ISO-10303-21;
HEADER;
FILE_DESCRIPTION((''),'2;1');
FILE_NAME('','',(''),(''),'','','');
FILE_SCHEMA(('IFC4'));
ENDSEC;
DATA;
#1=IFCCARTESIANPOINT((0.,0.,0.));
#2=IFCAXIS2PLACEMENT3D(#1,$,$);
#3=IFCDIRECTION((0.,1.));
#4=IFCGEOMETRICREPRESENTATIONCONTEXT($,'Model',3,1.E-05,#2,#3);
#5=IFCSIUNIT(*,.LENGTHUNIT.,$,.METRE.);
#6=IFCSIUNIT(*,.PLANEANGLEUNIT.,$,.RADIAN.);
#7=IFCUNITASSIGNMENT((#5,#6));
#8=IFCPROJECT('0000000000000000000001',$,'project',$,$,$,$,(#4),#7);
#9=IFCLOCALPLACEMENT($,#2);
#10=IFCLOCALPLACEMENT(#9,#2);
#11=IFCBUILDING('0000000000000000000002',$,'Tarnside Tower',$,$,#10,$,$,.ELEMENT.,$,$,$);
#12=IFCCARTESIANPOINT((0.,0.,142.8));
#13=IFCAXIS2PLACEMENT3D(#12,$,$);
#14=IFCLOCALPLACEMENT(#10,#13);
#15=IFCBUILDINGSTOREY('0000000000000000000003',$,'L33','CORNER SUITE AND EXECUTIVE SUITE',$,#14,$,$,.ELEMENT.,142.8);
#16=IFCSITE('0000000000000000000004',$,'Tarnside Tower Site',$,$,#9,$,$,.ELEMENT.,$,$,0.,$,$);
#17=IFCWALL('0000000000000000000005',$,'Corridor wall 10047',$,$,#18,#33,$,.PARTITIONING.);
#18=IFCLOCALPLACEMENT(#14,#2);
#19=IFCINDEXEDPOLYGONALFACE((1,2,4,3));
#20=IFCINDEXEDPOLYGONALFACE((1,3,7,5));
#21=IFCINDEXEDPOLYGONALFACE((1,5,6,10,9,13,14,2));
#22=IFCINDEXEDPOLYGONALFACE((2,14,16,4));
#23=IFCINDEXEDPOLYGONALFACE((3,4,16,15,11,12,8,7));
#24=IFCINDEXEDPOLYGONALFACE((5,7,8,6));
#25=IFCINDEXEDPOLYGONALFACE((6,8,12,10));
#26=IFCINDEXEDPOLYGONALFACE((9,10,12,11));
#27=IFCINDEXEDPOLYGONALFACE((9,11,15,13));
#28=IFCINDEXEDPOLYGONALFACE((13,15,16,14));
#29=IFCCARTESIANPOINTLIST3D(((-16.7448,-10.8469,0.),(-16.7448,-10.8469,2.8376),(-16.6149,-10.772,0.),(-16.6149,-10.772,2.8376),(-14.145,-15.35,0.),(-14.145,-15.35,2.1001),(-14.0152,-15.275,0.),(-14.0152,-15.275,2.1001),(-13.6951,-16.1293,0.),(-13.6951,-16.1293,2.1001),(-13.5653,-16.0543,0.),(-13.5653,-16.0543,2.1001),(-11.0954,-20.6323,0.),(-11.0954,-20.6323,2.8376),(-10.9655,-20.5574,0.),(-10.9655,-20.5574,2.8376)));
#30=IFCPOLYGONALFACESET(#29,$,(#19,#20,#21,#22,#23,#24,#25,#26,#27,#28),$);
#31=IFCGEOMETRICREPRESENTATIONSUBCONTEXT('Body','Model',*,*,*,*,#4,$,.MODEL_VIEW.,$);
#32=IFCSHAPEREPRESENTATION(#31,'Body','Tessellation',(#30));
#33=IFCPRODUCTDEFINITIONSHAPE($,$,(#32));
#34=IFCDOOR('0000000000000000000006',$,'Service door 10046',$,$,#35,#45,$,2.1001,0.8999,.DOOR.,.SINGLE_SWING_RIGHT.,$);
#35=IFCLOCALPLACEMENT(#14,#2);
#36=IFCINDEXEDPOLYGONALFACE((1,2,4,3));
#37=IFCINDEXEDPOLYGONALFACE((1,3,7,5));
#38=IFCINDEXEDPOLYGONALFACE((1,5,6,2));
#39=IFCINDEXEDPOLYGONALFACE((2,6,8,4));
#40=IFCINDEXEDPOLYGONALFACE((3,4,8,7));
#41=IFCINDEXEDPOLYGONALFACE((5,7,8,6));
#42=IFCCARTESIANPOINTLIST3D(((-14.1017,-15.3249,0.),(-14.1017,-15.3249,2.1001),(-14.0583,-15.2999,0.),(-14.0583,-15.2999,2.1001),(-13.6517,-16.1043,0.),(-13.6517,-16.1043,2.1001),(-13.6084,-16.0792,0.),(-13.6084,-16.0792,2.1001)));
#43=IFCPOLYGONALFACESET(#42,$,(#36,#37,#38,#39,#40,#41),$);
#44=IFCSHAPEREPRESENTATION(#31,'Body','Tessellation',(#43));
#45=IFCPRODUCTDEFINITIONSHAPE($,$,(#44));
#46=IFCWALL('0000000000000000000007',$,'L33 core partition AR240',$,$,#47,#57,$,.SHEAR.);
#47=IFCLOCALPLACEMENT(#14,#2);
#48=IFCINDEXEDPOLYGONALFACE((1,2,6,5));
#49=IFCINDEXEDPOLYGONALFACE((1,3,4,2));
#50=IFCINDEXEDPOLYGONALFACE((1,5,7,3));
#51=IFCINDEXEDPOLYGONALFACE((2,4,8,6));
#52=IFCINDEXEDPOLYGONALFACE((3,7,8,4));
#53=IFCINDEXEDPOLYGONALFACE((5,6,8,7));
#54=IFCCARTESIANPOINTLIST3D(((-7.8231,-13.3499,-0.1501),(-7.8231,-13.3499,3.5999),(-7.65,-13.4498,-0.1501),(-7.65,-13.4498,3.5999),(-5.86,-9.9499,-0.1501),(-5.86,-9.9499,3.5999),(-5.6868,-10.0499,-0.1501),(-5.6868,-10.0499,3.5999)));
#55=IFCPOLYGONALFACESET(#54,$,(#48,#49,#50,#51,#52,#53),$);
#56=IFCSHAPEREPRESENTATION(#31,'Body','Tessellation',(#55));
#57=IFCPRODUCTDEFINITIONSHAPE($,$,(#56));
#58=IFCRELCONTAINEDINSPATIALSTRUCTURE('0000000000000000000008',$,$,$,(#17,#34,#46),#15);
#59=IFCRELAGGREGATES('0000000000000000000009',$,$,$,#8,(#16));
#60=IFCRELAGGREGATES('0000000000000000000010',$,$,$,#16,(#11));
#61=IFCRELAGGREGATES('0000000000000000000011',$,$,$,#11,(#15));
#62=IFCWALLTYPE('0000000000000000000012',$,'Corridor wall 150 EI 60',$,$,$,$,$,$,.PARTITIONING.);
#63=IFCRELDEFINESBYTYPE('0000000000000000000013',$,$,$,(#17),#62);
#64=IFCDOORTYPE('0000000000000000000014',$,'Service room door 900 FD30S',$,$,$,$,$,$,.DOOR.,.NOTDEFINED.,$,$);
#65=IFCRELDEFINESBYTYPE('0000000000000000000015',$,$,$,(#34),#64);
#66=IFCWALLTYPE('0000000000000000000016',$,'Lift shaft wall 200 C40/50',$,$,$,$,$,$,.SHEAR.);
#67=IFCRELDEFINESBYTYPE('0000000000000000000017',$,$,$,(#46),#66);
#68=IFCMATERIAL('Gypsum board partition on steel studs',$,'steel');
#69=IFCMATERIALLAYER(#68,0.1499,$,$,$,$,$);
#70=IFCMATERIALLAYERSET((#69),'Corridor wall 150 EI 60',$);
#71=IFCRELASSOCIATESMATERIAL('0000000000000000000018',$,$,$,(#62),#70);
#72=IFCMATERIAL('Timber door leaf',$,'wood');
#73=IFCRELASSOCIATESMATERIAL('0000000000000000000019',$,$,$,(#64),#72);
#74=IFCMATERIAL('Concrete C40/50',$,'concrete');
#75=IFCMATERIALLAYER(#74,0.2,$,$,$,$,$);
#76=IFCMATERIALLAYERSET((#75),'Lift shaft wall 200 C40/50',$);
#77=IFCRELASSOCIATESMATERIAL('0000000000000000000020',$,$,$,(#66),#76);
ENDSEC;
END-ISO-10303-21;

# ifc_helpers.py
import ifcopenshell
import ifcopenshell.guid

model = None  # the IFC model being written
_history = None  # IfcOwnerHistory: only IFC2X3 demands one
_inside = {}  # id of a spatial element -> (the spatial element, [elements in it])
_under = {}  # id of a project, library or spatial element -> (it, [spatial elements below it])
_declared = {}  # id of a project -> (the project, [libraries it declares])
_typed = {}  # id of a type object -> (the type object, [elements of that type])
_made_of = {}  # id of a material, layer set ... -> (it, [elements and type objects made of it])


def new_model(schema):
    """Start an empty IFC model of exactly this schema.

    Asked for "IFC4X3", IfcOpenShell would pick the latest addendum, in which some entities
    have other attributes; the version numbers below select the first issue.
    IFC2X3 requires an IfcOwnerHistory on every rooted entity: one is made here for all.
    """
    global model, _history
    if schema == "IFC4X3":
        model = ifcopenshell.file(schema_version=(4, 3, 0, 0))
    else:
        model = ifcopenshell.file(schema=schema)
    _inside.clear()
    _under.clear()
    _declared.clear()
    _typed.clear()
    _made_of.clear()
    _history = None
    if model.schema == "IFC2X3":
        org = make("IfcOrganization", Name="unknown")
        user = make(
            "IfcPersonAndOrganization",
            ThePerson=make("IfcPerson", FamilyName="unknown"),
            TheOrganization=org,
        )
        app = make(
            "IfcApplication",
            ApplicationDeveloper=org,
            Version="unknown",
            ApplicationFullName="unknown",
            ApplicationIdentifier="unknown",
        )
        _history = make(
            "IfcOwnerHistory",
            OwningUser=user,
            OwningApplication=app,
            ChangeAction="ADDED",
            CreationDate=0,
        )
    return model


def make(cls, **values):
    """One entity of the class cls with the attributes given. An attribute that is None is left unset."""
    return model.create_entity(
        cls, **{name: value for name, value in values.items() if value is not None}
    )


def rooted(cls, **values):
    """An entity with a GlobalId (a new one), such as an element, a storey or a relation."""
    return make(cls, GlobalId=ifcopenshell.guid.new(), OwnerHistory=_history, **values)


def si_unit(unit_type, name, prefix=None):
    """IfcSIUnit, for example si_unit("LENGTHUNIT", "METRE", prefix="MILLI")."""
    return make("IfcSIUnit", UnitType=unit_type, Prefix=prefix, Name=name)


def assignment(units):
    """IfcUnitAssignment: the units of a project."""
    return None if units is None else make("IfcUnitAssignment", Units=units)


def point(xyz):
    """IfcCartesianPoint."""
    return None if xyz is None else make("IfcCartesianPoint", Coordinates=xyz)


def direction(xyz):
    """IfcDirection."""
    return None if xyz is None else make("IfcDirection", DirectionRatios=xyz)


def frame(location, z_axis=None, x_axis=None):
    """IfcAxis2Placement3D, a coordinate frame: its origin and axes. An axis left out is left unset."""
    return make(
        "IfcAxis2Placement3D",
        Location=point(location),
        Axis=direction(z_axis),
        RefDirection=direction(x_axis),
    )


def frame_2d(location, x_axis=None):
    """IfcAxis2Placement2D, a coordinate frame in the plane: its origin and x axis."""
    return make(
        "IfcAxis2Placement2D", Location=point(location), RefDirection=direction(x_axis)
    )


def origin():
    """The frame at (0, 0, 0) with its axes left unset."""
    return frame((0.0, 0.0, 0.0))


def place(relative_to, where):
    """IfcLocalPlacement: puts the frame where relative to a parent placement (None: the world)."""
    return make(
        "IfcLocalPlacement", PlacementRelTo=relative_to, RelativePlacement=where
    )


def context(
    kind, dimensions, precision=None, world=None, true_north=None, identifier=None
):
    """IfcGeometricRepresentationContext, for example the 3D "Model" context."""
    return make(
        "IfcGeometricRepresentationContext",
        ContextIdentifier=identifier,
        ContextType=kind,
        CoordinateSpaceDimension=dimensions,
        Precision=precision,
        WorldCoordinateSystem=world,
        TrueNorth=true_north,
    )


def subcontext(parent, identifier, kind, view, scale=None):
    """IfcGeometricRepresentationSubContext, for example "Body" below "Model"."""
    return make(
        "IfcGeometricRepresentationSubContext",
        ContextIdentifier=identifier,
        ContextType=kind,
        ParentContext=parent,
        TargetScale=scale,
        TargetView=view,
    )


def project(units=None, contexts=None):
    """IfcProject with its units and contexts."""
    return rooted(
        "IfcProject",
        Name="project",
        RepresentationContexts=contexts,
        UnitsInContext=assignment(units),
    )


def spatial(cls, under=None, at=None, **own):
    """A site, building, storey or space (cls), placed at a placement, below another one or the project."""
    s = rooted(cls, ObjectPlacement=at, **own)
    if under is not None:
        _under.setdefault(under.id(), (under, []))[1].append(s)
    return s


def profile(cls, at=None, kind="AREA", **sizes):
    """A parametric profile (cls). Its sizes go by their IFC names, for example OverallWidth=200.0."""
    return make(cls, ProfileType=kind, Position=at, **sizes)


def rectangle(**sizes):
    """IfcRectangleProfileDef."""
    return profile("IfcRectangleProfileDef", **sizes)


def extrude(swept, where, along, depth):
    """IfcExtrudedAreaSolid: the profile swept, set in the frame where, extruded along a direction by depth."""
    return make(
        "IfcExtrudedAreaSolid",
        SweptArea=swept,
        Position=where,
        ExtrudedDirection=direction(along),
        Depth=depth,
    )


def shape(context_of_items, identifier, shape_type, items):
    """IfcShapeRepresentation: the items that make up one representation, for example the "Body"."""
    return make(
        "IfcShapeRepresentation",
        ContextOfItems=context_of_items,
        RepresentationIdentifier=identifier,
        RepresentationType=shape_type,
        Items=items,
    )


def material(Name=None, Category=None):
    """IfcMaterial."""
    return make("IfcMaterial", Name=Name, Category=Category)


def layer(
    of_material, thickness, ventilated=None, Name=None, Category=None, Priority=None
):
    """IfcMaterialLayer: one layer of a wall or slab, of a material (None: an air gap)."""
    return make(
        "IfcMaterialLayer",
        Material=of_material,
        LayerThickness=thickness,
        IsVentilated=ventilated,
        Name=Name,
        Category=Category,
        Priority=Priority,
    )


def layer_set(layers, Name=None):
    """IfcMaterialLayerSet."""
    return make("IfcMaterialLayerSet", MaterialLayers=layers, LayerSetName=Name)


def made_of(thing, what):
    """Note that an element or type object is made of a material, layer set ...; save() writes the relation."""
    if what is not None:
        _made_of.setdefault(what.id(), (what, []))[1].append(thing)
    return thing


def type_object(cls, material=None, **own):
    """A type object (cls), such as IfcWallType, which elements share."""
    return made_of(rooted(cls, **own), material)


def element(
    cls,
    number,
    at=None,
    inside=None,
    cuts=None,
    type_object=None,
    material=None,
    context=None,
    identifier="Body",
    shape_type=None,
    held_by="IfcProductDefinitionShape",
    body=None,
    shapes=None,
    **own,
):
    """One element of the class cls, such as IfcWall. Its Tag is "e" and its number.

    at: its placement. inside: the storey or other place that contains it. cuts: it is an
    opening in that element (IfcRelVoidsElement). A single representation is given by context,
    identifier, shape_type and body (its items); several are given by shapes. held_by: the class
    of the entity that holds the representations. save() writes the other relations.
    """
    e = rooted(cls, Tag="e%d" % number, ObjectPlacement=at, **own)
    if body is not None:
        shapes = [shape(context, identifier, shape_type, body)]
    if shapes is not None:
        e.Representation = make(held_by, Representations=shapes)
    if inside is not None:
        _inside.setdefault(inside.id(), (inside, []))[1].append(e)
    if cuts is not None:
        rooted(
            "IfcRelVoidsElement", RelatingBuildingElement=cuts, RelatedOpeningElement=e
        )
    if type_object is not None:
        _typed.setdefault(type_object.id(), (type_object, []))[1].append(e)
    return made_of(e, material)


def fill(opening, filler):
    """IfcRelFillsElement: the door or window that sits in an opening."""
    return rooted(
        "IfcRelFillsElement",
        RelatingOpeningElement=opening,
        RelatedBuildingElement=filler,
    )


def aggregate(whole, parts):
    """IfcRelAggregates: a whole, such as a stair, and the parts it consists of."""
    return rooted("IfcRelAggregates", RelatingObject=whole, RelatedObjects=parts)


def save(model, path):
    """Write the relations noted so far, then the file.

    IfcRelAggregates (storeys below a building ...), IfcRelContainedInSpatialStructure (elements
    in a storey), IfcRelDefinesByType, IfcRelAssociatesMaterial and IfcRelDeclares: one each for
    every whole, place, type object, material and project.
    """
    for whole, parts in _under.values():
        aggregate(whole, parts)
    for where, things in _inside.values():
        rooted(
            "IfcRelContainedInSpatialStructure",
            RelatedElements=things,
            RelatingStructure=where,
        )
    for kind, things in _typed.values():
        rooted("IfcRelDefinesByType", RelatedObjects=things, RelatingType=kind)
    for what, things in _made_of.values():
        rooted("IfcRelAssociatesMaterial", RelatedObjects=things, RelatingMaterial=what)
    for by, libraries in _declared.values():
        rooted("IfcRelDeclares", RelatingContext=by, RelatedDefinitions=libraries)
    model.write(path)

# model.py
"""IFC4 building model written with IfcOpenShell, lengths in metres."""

from ifc_helpers import new_model, si_unit, direction, frame, frame_2d, origin, place, context, subcontext, project, spatial, rectangle, extrude, material, layer, layer_set, type_object, element, fill, save


model = new_model("IFC4")

# Units and contexts
model_context = context("Model", 3, precision=1e-05, world=origin(), true_north=direction((0.0, 1.0)))
body_context = subcontext(model_context, "Body", "Model", "MODEL_VIEW")
ifc_project = project(units=[si_unit("LENGTHUNIT", "METRE"), si_unit("PLANEANGLEUNIT", "RADIAN")], contexts=[model_context])

# Site, building, storey
site_placement = place(None, origin())
site = spatial("IfcSite", under=ifc_project, at=site_placement, Name="Tarnside Tower Site", CompositionType="ELEMENT", RefElevation=0.0)
building_placement = place(site_placement, origin())
building = spatial("IfcBuilding", under=site, at=building_placement, Name="Tarnside Tower", CompositionType="ELEMENT")
storey_placement = place(building_placement, frame((0.0, 0.0, 142.8)))
storey = spatial("IfcBuildingStorey", under=building, at=storey_placement, Name="L33", Description="CORNER SUITE AND EXECUTIVE SUITE", CompositionType="ELEMENT", Elevation=142.8)

# Shared definitions
ifc_material_1 = material(Name="Gypsum board partition on steel studs", Category="steel")

# Shared definitions
ifc_layer_1 = layer(ifc_material_1, 0.1499)
ifc_layer_set_1 = layer_set([ifc_layer_1], Name="Corridor wall 150 EI 60")
wall_type_1 = type_object("IfcWallType", Name="Corridor wall 150 EI 60", PredefinedType="PARTITIONING", material=ifc_layer_set_1)
ifc_material_2 = material(Name="Timber door leaf", Category="wood")

# Wall, opening, door
wall_1_placement = place(storey_placement, frame((-11.0305, -20.5947, 0.0), z_axis=(0.0, 0.0, 1.0), x_axis=(-0.499987, 0.866033, 0.0)))
wall_1 = element("IfcWall", 1, at=wall_1_placement, inside=storey, type_object=wall_type_1, Name="Corridor wall 10047", PredefinedType="PARTITIONING", context=body_context, shape_type="SweptSolid", body=[
    extrude(rectangle(XDim=11.2991, YDim=0.1499, at=frame_2d((5.6494, 0.0))), origin(), (0.0, 0.0, 1.0), 2.8376),
])
opening_1_placement = place(wall_1_placement, frame((5.1995, 0.0, 0.0)))
opening_1 = element("IfcOpeningElement", 2, at=opening_1_placement, cuts=wall_1, PredefinedType="OPENING", context=body_context, shape_type="SweptSolid", body=[
    extrude(rectangle(XDim=0.8999, YDim=2.1001, at=frame_2d((0.45, 1.05))), frame((0.0, 0.085, 0.0), z_axis=(0.0, -1.0, 0.0), x_axis=(1.0, 0.0, 0.0)), (0.0, 0.0, 1.0), 0.1699),
])
door_type_1 = type_object("IfcDoorType", Name="Service room door 900 FD30S", OperationType="NOTDEFINED", PredefinedType="DOOR", material=ifc_material_2)
door_1_placement = place(opening_1_placement, origin())
door_1 = element("IfcDoor", 3, at=door_1_placement, inside=storey, type_object=door_type_1, Name="Service door 10046", OperationType="SINGLE_SWING_RIGHT", OverallHeight=2.1001, OverallWidth=0.8999, PredefinedType="DOOR", context=body_context, shape_type="SweptSolid", body=[
    extrude(rectangle(XDim=0.8999, YDim=2.1001, at=frame_2d((0.45, 1.05))), frame((0.0, 0.0249, 0.0), z_axis=(0.0, -1.0, 0.0), x_axis=(1.0, 0.0, 0.0)), (0.0, 0.0, 1.0), 0.05),
])
fill(opening_1, door_1)

# Wall
ifc_material_3 = material(Name="Concrete C40/50", Category="concrete")
ifc_layer_2 = layer(ifc_material_3, 0.2)
ifc_layer_set_2 = layer_set([ifc_layer_2], Name="Lift shaft wall 200 C40/50")
wall_type_2 = type_object("IfcWallType", Name="Lift shaft wall 200 C40/50", PredefinedType="SHEAR", material=ifc_layer_set_2)
wall_2_placement = place(storey_placement, frame((-5.7734, -10.0, -0.1501), z_axis=(0.0, 0.0, 1.0), x_axis=(-0.500038, -0.866003, 0.0)))
element("IfcWall", 4, at=wall_2_placement, inside=storey, type_object=wall_type_2, Name="L33 core partition AR240", PredefinedType="SHEAR", context=body_context, shape_type="SweptSolid", body=[
    extrude(rectangle(XDim=3.926, YDim=0.2, at=frame_2d((1.9629, 0.0))), origin(), (0.0, 0.0, 1.0), 3.75),
])

save(model, "model.ifc")
